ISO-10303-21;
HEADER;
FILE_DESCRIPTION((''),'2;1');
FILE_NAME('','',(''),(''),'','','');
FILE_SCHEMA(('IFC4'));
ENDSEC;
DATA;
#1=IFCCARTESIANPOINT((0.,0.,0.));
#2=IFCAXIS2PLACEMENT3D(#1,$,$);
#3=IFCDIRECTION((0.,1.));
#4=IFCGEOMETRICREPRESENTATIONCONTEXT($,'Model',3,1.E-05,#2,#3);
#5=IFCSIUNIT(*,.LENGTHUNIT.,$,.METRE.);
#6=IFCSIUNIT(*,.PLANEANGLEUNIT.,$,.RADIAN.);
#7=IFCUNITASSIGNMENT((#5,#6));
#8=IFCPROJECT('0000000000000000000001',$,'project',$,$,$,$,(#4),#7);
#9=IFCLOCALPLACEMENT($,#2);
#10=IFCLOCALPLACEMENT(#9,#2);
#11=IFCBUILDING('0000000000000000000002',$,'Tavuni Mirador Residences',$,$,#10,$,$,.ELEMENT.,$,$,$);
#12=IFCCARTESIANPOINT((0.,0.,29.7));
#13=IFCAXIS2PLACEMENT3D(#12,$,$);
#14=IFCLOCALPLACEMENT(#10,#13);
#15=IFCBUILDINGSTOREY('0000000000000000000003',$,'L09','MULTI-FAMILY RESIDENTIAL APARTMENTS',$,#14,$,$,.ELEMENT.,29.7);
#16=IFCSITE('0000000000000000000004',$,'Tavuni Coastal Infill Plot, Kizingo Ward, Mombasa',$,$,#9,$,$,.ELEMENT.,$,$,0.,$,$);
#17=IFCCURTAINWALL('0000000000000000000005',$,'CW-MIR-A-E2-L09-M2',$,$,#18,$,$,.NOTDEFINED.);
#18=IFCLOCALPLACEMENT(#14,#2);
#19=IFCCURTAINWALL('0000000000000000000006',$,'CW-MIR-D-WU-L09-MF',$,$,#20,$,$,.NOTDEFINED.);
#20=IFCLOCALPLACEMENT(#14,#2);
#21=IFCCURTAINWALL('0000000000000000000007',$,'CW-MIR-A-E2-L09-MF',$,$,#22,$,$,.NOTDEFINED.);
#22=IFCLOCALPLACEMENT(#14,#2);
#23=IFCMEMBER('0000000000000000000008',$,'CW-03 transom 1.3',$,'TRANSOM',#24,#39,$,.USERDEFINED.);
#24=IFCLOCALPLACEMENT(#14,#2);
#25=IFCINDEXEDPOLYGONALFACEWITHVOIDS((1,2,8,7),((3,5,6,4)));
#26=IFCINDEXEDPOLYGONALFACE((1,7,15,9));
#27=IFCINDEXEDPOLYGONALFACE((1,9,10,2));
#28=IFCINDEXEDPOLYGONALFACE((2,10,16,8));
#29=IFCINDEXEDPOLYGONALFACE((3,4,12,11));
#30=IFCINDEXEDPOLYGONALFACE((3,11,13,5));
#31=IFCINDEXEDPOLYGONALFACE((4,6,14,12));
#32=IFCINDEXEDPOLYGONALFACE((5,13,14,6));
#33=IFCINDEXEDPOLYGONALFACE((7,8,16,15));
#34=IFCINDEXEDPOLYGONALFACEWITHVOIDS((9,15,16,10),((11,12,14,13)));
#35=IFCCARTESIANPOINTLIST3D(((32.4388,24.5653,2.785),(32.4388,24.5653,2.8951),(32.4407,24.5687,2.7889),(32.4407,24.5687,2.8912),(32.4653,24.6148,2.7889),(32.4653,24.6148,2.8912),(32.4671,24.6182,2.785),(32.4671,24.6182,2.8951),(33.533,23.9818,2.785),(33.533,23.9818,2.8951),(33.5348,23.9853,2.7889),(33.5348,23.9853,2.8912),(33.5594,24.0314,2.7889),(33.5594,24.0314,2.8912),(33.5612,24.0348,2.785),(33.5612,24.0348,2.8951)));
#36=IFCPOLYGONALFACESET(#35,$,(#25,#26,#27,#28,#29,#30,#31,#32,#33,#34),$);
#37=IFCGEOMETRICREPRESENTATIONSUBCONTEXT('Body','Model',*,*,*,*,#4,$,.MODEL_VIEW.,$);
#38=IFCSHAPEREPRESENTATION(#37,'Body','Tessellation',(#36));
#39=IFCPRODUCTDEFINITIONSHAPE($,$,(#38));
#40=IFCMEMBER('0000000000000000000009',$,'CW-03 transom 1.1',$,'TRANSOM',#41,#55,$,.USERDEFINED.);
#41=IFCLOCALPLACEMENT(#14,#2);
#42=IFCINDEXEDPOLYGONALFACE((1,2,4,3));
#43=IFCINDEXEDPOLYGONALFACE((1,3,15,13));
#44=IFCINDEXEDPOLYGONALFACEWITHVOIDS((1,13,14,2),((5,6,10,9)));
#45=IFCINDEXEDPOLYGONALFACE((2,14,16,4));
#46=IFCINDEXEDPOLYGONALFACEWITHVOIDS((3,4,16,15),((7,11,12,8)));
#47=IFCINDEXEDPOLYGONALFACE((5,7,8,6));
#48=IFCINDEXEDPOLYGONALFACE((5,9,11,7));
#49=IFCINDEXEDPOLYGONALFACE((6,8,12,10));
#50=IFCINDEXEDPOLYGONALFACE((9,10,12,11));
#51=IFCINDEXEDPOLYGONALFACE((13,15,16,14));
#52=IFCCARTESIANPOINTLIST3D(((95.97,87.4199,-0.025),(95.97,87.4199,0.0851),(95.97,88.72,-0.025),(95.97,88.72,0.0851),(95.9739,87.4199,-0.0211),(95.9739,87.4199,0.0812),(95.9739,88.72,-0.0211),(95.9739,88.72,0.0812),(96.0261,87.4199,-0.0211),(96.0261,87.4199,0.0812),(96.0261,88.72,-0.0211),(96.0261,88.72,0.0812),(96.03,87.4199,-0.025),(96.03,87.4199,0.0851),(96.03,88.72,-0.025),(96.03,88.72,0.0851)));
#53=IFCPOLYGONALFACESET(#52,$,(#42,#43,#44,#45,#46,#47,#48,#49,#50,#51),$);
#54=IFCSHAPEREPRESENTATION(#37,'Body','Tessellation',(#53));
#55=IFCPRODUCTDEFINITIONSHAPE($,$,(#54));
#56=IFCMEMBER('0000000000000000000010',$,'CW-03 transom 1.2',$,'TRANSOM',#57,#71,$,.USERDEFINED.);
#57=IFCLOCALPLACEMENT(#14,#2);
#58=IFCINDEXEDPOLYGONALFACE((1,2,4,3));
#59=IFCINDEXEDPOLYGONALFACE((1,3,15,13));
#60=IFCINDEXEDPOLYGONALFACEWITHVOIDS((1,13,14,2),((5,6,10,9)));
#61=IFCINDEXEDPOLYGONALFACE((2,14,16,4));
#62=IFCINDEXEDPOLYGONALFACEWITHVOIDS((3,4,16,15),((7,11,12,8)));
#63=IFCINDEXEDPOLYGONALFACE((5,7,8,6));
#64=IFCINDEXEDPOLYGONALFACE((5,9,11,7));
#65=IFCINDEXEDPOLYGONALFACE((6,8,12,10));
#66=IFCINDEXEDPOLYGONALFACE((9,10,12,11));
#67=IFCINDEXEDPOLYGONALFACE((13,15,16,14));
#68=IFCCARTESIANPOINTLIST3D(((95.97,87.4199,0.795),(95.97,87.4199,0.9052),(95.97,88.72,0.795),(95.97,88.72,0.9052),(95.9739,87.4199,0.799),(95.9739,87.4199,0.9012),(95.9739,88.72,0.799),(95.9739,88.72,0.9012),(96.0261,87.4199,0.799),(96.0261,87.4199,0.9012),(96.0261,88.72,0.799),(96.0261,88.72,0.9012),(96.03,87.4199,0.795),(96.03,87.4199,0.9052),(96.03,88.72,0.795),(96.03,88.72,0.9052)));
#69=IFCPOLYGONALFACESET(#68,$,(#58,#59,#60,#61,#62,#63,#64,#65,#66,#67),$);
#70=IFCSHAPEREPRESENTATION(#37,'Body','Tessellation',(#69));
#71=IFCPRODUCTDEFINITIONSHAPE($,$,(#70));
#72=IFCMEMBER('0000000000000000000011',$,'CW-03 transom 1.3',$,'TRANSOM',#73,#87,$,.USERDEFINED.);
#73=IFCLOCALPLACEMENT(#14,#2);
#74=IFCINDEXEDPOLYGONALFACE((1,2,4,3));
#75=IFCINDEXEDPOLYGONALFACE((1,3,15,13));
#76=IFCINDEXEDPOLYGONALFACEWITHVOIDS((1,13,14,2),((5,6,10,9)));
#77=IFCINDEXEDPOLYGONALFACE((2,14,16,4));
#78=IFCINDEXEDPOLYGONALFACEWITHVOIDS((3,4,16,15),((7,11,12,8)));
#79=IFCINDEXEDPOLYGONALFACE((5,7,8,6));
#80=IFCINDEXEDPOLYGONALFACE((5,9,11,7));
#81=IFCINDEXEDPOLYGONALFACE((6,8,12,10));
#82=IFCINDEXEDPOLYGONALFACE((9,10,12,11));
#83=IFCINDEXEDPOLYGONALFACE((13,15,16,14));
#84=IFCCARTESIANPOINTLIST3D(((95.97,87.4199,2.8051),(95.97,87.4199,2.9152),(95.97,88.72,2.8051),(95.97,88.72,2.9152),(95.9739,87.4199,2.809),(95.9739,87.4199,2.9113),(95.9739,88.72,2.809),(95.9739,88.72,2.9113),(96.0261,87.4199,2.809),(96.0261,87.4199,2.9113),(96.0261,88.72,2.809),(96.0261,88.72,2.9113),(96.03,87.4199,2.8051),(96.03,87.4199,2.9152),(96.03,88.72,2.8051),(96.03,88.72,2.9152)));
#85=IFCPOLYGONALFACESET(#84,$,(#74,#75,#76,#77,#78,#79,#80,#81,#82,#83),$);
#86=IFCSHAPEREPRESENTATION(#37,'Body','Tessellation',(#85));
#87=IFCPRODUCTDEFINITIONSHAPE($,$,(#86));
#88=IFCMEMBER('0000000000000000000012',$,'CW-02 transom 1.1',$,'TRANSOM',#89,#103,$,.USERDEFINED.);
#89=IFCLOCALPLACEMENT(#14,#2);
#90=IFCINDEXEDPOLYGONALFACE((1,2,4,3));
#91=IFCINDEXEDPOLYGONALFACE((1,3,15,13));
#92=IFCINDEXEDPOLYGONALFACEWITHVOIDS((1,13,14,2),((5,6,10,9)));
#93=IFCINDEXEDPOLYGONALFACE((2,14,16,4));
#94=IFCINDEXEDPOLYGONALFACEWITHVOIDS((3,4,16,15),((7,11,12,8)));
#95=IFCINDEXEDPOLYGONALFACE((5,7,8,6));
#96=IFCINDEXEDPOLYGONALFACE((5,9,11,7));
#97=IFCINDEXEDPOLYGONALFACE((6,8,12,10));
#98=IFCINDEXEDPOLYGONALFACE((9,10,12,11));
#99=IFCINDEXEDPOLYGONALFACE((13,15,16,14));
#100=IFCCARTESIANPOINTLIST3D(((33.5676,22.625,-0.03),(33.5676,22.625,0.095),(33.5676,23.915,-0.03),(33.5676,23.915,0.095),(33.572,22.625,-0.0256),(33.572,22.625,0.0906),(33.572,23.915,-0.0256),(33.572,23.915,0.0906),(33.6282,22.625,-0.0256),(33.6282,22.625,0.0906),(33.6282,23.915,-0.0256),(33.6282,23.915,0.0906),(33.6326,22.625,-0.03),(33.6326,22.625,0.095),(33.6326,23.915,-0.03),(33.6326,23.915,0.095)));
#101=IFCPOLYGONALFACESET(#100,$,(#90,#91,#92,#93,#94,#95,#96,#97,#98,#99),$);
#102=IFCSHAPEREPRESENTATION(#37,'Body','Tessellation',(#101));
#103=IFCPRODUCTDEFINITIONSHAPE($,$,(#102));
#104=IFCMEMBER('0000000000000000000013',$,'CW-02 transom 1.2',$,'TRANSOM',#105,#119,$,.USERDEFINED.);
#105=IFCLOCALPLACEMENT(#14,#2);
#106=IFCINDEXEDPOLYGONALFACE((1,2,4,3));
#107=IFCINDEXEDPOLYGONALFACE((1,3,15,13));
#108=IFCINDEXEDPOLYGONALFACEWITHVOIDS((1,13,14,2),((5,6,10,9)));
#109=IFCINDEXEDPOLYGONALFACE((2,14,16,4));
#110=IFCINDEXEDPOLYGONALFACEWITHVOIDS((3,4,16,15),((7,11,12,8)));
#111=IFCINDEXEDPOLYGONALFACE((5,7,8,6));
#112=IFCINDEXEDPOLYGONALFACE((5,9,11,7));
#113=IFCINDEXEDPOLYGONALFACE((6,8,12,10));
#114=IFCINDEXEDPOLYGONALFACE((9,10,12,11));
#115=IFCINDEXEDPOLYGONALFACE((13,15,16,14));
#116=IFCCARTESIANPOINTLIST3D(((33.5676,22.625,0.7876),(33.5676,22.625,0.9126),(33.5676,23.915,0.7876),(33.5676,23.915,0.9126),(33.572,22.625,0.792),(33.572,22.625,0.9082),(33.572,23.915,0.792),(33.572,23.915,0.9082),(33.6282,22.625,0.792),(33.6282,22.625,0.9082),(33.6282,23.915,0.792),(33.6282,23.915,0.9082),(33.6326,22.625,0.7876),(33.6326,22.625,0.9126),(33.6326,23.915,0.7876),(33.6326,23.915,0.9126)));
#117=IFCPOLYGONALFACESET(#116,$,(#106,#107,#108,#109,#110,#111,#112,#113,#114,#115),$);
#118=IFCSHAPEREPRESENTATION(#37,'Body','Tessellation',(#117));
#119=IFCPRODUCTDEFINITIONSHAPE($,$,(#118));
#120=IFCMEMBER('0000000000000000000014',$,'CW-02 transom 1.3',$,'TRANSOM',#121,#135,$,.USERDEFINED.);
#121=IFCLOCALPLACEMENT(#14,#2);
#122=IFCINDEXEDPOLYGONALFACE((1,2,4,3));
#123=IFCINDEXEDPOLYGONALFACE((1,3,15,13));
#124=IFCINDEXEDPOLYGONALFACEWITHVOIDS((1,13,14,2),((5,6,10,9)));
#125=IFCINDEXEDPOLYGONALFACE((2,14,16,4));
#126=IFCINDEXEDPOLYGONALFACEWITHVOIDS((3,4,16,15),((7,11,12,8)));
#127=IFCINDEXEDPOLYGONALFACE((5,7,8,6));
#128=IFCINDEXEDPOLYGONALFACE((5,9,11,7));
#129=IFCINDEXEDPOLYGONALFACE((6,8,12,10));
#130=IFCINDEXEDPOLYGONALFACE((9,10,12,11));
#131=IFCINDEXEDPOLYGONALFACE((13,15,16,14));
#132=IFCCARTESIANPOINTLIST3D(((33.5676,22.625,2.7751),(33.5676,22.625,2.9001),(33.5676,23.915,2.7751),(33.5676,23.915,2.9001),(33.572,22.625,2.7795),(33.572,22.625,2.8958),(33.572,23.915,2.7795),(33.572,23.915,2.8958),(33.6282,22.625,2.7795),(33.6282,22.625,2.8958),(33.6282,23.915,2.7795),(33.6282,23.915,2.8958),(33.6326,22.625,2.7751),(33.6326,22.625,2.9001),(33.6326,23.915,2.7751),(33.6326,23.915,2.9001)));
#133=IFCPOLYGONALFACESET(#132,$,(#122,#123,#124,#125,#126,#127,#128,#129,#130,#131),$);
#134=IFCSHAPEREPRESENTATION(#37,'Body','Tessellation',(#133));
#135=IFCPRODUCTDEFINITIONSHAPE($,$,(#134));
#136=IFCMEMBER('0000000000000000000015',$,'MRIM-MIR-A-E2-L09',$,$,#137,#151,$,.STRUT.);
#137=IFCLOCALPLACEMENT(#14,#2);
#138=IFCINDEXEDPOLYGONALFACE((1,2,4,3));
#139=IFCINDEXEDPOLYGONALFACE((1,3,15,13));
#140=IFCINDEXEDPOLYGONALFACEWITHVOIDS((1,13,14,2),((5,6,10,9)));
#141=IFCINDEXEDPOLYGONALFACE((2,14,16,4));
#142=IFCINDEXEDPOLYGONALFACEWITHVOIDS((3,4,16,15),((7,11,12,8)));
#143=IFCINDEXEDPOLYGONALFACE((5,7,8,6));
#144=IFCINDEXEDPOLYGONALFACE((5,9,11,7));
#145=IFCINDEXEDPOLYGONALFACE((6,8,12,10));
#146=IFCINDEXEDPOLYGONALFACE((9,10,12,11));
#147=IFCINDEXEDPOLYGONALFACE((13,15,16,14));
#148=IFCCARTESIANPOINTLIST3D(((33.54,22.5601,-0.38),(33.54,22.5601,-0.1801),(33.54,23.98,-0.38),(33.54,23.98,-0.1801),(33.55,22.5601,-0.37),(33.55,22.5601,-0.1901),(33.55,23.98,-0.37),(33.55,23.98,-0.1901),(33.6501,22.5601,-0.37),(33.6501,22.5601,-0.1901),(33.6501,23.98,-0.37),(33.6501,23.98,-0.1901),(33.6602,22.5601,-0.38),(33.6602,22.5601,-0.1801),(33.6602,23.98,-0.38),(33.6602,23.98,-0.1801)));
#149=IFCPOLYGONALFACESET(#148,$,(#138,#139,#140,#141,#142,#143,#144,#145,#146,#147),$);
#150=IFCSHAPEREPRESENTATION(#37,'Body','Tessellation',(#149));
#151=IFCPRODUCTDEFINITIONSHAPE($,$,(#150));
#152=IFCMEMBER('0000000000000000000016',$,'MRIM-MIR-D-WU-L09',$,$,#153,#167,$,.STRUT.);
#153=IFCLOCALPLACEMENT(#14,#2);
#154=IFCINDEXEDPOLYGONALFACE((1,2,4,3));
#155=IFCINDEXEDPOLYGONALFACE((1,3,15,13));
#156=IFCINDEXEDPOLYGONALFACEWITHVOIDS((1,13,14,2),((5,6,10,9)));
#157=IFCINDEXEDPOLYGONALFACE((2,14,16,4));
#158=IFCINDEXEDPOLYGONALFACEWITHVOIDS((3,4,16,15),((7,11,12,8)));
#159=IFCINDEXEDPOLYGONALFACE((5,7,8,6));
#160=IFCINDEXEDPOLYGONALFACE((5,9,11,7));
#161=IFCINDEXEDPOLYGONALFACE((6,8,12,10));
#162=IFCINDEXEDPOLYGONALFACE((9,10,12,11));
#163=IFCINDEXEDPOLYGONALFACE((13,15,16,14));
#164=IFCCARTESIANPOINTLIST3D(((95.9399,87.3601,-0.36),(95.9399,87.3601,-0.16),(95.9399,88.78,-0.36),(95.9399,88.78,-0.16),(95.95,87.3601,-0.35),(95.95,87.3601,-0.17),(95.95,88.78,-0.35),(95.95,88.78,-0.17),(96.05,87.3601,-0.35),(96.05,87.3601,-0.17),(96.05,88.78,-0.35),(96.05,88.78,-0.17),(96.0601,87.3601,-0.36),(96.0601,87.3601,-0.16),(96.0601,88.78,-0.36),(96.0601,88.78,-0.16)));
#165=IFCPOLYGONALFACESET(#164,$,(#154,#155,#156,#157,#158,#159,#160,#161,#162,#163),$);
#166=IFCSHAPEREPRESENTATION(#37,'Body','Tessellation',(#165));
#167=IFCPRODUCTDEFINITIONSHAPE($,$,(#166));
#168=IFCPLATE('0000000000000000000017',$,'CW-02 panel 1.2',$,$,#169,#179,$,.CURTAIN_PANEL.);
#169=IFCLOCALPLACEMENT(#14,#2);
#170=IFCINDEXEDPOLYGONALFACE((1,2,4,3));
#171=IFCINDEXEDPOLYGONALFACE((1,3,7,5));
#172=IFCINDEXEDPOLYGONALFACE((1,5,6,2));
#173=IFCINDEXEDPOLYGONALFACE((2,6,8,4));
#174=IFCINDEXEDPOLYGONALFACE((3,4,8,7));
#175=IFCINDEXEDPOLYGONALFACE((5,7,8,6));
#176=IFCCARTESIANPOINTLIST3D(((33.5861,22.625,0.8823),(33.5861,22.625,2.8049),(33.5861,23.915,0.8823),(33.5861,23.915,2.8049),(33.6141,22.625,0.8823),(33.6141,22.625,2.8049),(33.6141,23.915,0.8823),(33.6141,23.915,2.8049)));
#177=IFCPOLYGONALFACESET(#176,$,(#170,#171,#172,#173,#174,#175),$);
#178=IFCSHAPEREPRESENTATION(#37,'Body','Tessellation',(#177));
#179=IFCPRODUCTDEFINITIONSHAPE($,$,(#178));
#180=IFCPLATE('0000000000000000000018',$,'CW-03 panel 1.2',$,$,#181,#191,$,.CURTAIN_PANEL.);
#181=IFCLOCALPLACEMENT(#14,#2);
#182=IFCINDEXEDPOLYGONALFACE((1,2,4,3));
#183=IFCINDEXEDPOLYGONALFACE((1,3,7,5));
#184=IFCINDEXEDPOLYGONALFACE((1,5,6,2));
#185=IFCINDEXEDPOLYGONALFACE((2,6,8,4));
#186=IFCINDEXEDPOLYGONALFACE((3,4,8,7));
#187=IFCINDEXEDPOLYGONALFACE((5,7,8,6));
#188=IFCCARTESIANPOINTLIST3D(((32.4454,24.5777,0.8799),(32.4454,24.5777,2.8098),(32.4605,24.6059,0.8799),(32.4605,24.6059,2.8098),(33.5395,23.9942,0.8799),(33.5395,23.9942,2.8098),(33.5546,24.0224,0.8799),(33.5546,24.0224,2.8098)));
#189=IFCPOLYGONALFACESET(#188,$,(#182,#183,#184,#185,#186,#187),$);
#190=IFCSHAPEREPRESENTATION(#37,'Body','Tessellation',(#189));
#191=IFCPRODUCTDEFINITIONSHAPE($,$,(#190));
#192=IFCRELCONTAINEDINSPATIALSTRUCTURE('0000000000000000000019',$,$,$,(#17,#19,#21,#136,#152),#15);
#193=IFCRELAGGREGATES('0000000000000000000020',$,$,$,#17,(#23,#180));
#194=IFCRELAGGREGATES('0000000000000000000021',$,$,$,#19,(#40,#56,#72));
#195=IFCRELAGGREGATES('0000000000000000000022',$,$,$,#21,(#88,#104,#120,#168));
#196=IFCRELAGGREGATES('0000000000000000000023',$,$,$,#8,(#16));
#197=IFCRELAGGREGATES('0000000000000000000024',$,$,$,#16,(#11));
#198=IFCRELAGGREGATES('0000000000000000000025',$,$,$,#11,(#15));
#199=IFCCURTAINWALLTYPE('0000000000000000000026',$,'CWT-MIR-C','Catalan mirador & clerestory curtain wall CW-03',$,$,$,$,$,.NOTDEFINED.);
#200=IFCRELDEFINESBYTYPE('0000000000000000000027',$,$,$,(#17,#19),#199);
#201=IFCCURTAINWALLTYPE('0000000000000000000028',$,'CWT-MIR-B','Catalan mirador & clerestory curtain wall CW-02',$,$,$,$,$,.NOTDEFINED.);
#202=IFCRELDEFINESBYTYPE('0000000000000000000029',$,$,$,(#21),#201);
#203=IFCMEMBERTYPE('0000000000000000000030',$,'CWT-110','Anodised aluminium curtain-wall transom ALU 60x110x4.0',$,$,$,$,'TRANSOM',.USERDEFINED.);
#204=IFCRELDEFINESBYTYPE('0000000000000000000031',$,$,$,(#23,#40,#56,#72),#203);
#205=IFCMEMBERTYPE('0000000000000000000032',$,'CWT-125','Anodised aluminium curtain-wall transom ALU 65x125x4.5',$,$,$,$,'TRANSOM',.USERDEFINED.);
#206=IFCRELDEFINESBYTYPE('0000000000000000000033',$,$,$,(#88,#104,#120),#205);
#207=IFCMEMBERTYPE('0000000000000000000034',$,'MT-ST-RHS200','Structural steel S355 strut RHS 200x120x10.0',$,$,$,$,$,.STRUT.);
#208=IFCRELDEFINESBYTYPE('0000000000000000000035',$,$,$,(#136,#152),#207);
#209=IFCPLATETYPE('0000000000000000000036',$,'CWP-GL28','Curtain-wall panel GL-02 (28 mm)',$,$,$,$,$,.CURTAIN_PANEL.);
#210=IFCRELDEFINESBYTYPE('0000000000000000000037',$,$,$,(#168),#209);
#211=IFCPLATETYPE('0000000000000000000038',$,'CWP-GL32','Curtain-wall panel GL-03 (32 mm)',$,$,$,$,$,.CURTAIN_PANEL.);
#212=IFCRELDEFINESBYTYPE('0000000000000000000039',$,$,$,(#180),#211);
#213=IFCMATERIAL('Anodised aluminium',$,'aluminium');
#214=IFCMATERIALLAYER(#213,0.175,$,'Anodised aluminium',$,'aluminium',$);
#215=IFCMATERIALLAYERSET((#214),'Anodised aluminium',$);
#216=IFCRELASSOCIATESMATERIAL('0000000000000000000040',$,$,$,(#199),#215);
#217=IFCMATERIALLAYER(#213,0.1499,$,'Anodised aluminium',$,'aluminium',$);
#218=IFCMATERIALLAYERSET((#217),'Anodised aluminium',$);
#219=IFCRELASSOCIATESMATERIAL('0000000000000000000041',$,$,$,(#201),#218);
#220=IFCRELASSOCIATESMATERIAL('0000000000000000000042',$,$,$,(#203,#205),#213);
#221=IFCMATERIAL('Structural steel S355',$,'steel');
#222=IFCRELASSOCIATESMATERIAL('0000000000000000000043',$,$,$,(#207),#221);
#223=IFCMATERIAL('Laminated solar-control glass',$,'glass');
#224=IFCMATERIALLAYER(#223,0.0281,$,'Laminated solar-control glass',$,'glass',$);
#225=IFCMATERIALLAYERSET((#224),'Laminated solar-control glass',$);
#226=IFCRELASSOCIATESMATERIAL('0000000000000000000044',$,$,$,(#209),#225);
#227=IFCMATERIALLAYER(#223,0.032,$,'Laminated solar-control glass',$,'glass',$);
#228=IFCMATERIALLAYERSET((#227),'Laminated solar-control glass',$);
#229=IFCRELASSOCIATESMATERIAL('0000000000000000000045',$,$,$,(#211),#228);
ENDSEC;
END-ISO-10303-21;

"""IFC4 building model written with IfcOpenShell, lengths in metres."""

from ifc_helpers import new_model, si_unit, direction, frame, origin, origin_2d, place, context, subcontext, project, spatial, rectangle, hollow_rectangle, extrude, material, layer, layer_set, material_profile, profile_set, type_object, element, aggregate, save


model = new_model("IFC4")

# Units and contexts
model_context = context("Model", 3, precision=1e-05, world=origin(), true_north=direction((0.0, 1.0)))
body_context = subcontext(model_context, "Body", "Model", "MODEL_VIEW")
ifc_project = project(units=[si_unit("LENGTHUNIT", "METRE"), si_unit("PLANEANGLEUNIT", "RADIAN")], contexts=[model_context])

# Site, building, storey
site_placement = place(None, origin())
site = spatial("IfcSite", under=ifc_project, at=site_placement, Name="Tavuni Coastal Infill Plot, Kizingo Ward, Mombasa", CompositionType="ELEMENT", RefElevation=0.0)
building_placement = place(site_placement, origin())
building = spatial("IfcBuilding", under=site, at=building_placement, Name="Tavuni Mirador Residences", CompositionType="ELEMENT")
storey_placement = place(building_placement, frame((0.0, 0.0, 29.7)))
storey = spatial("IfcBuildingStorey", under=building, at=storey_placement, Name="L09", Description="MULTI-FAMILY RESIDENTIAL APARTMENTS", CompositionType="ELEMENT", Elevation=29.7)

# Shared definitions
ifc_material_1 = material(Name="Anodised aluminium", Category="aluminium")

# Curtain wall
ifc_layer_1 = layer(ifc_material_1, 0.175, Name="Anodised aluminium", Category="aluminium")
ifc_layer_set_1 = layer_set([ifc_layer_1], Name="Anodised aluminium")
curtain_wall_type_1 = type_object("IfcCurtainWallType", Name="CWT-MIR-C", Description="Catalan mirador & clerestory curtain wall CW-03", PredefinedType="NOTDEFINED", material=ifc_layer_set_1)
curtain_wall_1_placement = place(storey_placement, origin())
curtain_wall_1 = element("IfcCurtainWall", 1, at=curtain_wall_1_placement, inside=storey, type_object=curtain_wall_type_1, Name="CW-MIR-A-E2-L09-M2", PredefinedType="NOTDEFINED")

# Curtain wall
curtain_wall_2_placement = place(storey_placement, origin())
curtain_wall_2 = element("IfcCurtainWall", 2, at=curtain_wall_2_placement, inside=storey, type_object=curtain_wall_type_1, Name="CW-MIR-D-WU-L09-MF", PredefinedType="NOTDEFINED")

# Curtain wall
ifc_layer_2 = layer(ifc_material_1, 0.1499, Name="Anodised aluminium", Category="aluminium")
ifc_layer_set_2 = layer_set([ifc_layer_2], Name="Anodised aluminium")
curtain_wall_type_2 = type_object("IfcCurtainWallType", Name="CWT-MIR-B", Description="Catalan mirador & clerestory curtain wall CW-02", PredefinedType="NOTDEFINED", material=ifc_layer_set_2)
curtain_wall_3_placement = place(storey_placement, origin())
curtain_wall_3 = element("IfcCurtainWall", 3, at=curtain_wall_3_placement, inside=storey, type_object=curtain_wall_type_2, Name="CW-MIR-A-E2-L09-MF", PredefinedType="NOTDEFINED")

# Members
ifc_material_profile_1 = material_profile(ifc_material_1, hollow_rectangle(XDim=0.0601, YDim=0.1101, WallThickness=0.0039, at=origin_2d()), Name="ALU 60x110x4.0", Category="aluminium")
ifc_profile_set_1 = profile_set([ifc_material_profile_1], Name="Anodised aluminium")
member_type_1 = type_object("IfcMemberType", Name="CWT-110", Description="Anodised aluminium curtain-wall transom ALU 60x110x4.0", ElementType="TRANSOM", PredefinedType="USERDEFINED", material=ifc_profile_set_1)
member_1_placement = place(storey_placement, frame((33.5471, 24.0083, 2.8401), z_axis=(-0.882386, 0.470527, 0.0), x_axis=(-0.470527, -0.882386, 0.0)))
member_1 = element("IfcMember", 4, at=member_1_placement, type_object=member_type_1, Name="CW-03 transom 1.3", ObjectType="TRANSOM", PredefinedType="USERDEFINED", context=body_context, shape_type="SweptSolid", body=[
    extrude(hollow_rectangle(XDim=0.0601, YDim=0.1101, WallThickness=0.0039, at=origin_2d()), origin(), (0.0, 0.0, 1.0), 1.24),
])
member_2_placement = place(storey_placement, frame((96.0, 88.72, 0.03), z_axis=(0.0, -1.0, 0.0), x_axis=(1.0, 0.0, 0.0)))
member_2 = element("IfcMember", 5, at=member_2_placement, type_object=member_type_1, Name="CW-03 transom 1.1", ObjectType="TRANSOM", PredefinedType="USERDEFINED", context=body_context, shape_type="SweptSolid", body=[
    extrude(hollow_rectangle(XDim=0.0601, YDim=0.1101, WallThickness=0.0039, at=origin_2d()), origin(), (0.0, 0.0, 1.0), 1.3),
])
member_3_placement = place(storey_placement, frame((96.0, 88.72, 0.8501), z_axis=(0.0, -1.0, 0.0), x_axis=(1.0, 0.0, 0.0)))
member_3 = element("IfcMember", 6, at=member_3_placement, type_object=member_type_1, Name="CW-03 transom 1.2", ObjectType="TRANSOM", PredefinedType="USERDEFINED", context=body_context, shape_type="SweptSolid", body=[
    extrude(hollow_rectangle(XDim=0.0601, YDim=0.1101, WallThickness=0.0039, at=origin_2d()), origin(), (0.0, 0.0, 1.0), 1.3),
])
member_4_placement = place(storey_placement, frame((96.0, 88.72, 2.8601), z_axis=(0.0, -1.0, 0.0), x_axis=(1.0, 0.0, 0.0)))
member_4 = element("IfcMember", 7, at=member_4_placement, type_object=member_type_1, Name="CW-03 transom 1.3", ObjectType="TRANSOM", PredefinedType="USERDEFINED", context=body_context, shape_type="SweptSolid", body=[
    extrude(hollow_rectangle(XDim=0.0601, YDim=0.1101, WallThickness=0.0039, at=origin_2d()), origin(), (0.0, 0.0, 1.0), 1.3),
])
ifc_material_profile_2 = material_profile(ifc_material_1, hollow_rectangle(XDim=0.0649, YDim=0.125, WallThickness=0.0044, at=origin_2d()), Name="ALU 65x125x4.5", Category="aluminium")
ifc_profile_set_2 = profile_set([ifc_material_profile_2], Name="Anodised aluminium")
member_type_2 = type_object("IfcMemberType", Name="CWT-125", Description="Anodised aluminium curtain-wall transom ALU 65x125x4.5", ElementType="TRANSOM", PredefinedType="USERDEFINED", material=ifc_profile_set_2)
member_5_placement = place(storey_placement, frame((33.6001, 22.625, 0.0325), z_axis=(0.0, 1.0, 0.0), x_axis=(-1.0, 0.0, 0.0)))
member_5 = element("IfcMember", 8, at=member_5_placement, type_object=member_type_2, Name="CW-02 transom 1.1", ObjectType="TRANSOM", PredefinedType="USERDEFINED", context=body_context, shape_type="SweptSolid", body=[
    extrude(hollow_rectangle(XDim=0.0649, YDim=0.125, WallThickness=0.0044, at=origin_2d()), origin(), (0.0, 0.0, 1.0), 1.29),
])
member_6_placement = place(storey_placement, frame((33.6001, 22.625, 0.8501), z_axis=(0.0, 1.0, 0.0), x_axis=(-1.0, 0.0, 0.0)))
member_6 = element("IfcMember", 9, at=member_6_placement, type_object=member_type_2, Name="CW-02 transom 1.2", ObjectType="TRANSOM", PredefinedType="USERDEFINED", context=body_context, shape_type="SweptSolid", body=[
    extrude(hollow_rectangle(XDim=0.0649, YDim=0.125, WallThickness=0.0044, at=origin_2d()), origin(), (0.0, 0.0, 1.0), 1.29),
])
member_7_placement = place(storey_placement, frame((33.6001, 22.625, 2.8376), z_axis=(0.0, 1.0, 0.0), x_axis=(-1.0, 0.0, 0.0)))
member_7 = element("IfcMember", 10, at=member_7_placement, type_object=member_type_2, Name="CW-02 transom 1.3", ObjectType="TRANSOM", PredefinedType="USERDEFINED", context=body_context, shape_type="SweptSolid", body=[
    extrude(hollow_rectangle(XDim=0.0649, YDim=0.125, WallThickness=0.0044, at=origin_2d()), origin(), (0.0, 0.0, 1.0), 1.29),
])

# Members
ifc_material_2 = material(Name="Structural steel S355", Category="steel")
ifc_material_profile_3 = material_profile(ifc_material_2, hollow_rectangle(XDim=0.1201, YDim=0.2, WallThickness=0.01, at=origin_2d()), Name="RHS 200x120x10.0", Category="steel")
ifc_profile_set_3 = profile_set([ifc_material_profile_3], Name="Structural steel S355")
member_type_3 = type_object("IfcMemberType", Name="MT-ST-RHS200", Description="Structural steel S355 strut RHS 200x120x10.0", PredefinedType="STRUT", material=ifc_profile_set_3)
for number, where, z_axis, x_axis, name in (
    (11, (33.6001, 22.5601, -0.28), (0.0, 1.0, 0.0), (-1.0, 0.0, 0.0), "MRIM-MIR-A-E2-L09"),
    (12, (96.0, 87.3601, -0.26), (0.0, 1.0, 0.0), (-1.0, 0.0, 0.0), "MRIM-MIR-D-WU-L09"),
):
    element("IfcMember", number, at=place(storey_placement, frame(where, z_axis=z_axis, x_axis=x_axis)), inside=storey, type_object=member_type_3, Name=name, PredefinedType="STRUT", context=body_context, shape_type="SweptSolid", body=[
        extrude(hollow_rectangle(XDim=0.1201, YDim=0.2, WallThickness=0.01, at=origin_2d()), origin(), (0.0, 0.0, 1.0), 1.4199),
    ])

# Plates
ifc_material_3 = material(Name="Laminated solar-control glass", Category="glass")
ifc_layer_3 = layer(ifc_material_3, 0.0281, Name="Laminated solar-control glass", Category="glass")
ifc_layer_set_3 = layer_set([ifc_layer_3], Name="Laminated solar-control glass")
plate_type_1 = type_object("IfcPlateType", Name="CWP-GL28", Description="Curtain-wall panel GL-02 (28 mm)", PredefinedType="CURTAIN_PANEL", material=ifc_layer_set_3)
plate_1_placement = place(storey_placement, frame((33.6001, 23.27, 0.8823), z_axis=(0.0, 0.0, 1.0), x_axis=(0.0, 1.0, 0.0)))
plate_1 = element("IfcPlate", 13, at=plate_1_placement, type_object=plate_type_1, Name="CW-02 panel 1.2", PredefinedType="CURTAIN_PANEL", context=body_context, shape_type="SweptSolid", body=[
    extrude(rectangle(XDim=1.29, YDim=0.0281, at=origin_2d()), origin(), (0.0, 0.0, 1.0), 1.9226),
])
ifc_layer_4 = layer(ifc_material_3, 0.032, Name="Laminated solar-control glass", Category="glass")
ifc_layer_set_4 = layer_set([ifc_layer_4], Name="Laminated solar-control glass")
plate_type_2 = type_object("IfcPlateType", Name="CWP-GL32", Description="Curtain-wall panel GL-03 (32 mm)", PredefinedType="CURTAIN_PANEL", material=ifc_layer_set_4)
plate_2_placement = place(storey_placement, frame((33.0, 24.3, 0.8799), z_axis=(0.0, 0.0, 1.0), x_axis=(-0.882353, 0.470588, 0.0)))
plate_2 = element("IfcPlate", 14, at=plate_2_placement, type_object=plate_type_2, Name="CW-03 panel 1.2", PredefinedType="CURTAIN_PANEL", context=body_context, shape_type="SweptSolid", body=[
    extrude(rectangle(XDim=1.24, YDim=0.032, at=origin_2d()), origin(), (0.0, 0.0, 1.0), 1.9299),
])
aggregate(curtain_wall_1, [member_1, plate_2])
aggregate(curtain_wall_2, [member_2, member_3, member_4])
aggregate(curtain_wall_3, [member_5, member_6, member_7, plate_1])

save(model, "model.ifc")
